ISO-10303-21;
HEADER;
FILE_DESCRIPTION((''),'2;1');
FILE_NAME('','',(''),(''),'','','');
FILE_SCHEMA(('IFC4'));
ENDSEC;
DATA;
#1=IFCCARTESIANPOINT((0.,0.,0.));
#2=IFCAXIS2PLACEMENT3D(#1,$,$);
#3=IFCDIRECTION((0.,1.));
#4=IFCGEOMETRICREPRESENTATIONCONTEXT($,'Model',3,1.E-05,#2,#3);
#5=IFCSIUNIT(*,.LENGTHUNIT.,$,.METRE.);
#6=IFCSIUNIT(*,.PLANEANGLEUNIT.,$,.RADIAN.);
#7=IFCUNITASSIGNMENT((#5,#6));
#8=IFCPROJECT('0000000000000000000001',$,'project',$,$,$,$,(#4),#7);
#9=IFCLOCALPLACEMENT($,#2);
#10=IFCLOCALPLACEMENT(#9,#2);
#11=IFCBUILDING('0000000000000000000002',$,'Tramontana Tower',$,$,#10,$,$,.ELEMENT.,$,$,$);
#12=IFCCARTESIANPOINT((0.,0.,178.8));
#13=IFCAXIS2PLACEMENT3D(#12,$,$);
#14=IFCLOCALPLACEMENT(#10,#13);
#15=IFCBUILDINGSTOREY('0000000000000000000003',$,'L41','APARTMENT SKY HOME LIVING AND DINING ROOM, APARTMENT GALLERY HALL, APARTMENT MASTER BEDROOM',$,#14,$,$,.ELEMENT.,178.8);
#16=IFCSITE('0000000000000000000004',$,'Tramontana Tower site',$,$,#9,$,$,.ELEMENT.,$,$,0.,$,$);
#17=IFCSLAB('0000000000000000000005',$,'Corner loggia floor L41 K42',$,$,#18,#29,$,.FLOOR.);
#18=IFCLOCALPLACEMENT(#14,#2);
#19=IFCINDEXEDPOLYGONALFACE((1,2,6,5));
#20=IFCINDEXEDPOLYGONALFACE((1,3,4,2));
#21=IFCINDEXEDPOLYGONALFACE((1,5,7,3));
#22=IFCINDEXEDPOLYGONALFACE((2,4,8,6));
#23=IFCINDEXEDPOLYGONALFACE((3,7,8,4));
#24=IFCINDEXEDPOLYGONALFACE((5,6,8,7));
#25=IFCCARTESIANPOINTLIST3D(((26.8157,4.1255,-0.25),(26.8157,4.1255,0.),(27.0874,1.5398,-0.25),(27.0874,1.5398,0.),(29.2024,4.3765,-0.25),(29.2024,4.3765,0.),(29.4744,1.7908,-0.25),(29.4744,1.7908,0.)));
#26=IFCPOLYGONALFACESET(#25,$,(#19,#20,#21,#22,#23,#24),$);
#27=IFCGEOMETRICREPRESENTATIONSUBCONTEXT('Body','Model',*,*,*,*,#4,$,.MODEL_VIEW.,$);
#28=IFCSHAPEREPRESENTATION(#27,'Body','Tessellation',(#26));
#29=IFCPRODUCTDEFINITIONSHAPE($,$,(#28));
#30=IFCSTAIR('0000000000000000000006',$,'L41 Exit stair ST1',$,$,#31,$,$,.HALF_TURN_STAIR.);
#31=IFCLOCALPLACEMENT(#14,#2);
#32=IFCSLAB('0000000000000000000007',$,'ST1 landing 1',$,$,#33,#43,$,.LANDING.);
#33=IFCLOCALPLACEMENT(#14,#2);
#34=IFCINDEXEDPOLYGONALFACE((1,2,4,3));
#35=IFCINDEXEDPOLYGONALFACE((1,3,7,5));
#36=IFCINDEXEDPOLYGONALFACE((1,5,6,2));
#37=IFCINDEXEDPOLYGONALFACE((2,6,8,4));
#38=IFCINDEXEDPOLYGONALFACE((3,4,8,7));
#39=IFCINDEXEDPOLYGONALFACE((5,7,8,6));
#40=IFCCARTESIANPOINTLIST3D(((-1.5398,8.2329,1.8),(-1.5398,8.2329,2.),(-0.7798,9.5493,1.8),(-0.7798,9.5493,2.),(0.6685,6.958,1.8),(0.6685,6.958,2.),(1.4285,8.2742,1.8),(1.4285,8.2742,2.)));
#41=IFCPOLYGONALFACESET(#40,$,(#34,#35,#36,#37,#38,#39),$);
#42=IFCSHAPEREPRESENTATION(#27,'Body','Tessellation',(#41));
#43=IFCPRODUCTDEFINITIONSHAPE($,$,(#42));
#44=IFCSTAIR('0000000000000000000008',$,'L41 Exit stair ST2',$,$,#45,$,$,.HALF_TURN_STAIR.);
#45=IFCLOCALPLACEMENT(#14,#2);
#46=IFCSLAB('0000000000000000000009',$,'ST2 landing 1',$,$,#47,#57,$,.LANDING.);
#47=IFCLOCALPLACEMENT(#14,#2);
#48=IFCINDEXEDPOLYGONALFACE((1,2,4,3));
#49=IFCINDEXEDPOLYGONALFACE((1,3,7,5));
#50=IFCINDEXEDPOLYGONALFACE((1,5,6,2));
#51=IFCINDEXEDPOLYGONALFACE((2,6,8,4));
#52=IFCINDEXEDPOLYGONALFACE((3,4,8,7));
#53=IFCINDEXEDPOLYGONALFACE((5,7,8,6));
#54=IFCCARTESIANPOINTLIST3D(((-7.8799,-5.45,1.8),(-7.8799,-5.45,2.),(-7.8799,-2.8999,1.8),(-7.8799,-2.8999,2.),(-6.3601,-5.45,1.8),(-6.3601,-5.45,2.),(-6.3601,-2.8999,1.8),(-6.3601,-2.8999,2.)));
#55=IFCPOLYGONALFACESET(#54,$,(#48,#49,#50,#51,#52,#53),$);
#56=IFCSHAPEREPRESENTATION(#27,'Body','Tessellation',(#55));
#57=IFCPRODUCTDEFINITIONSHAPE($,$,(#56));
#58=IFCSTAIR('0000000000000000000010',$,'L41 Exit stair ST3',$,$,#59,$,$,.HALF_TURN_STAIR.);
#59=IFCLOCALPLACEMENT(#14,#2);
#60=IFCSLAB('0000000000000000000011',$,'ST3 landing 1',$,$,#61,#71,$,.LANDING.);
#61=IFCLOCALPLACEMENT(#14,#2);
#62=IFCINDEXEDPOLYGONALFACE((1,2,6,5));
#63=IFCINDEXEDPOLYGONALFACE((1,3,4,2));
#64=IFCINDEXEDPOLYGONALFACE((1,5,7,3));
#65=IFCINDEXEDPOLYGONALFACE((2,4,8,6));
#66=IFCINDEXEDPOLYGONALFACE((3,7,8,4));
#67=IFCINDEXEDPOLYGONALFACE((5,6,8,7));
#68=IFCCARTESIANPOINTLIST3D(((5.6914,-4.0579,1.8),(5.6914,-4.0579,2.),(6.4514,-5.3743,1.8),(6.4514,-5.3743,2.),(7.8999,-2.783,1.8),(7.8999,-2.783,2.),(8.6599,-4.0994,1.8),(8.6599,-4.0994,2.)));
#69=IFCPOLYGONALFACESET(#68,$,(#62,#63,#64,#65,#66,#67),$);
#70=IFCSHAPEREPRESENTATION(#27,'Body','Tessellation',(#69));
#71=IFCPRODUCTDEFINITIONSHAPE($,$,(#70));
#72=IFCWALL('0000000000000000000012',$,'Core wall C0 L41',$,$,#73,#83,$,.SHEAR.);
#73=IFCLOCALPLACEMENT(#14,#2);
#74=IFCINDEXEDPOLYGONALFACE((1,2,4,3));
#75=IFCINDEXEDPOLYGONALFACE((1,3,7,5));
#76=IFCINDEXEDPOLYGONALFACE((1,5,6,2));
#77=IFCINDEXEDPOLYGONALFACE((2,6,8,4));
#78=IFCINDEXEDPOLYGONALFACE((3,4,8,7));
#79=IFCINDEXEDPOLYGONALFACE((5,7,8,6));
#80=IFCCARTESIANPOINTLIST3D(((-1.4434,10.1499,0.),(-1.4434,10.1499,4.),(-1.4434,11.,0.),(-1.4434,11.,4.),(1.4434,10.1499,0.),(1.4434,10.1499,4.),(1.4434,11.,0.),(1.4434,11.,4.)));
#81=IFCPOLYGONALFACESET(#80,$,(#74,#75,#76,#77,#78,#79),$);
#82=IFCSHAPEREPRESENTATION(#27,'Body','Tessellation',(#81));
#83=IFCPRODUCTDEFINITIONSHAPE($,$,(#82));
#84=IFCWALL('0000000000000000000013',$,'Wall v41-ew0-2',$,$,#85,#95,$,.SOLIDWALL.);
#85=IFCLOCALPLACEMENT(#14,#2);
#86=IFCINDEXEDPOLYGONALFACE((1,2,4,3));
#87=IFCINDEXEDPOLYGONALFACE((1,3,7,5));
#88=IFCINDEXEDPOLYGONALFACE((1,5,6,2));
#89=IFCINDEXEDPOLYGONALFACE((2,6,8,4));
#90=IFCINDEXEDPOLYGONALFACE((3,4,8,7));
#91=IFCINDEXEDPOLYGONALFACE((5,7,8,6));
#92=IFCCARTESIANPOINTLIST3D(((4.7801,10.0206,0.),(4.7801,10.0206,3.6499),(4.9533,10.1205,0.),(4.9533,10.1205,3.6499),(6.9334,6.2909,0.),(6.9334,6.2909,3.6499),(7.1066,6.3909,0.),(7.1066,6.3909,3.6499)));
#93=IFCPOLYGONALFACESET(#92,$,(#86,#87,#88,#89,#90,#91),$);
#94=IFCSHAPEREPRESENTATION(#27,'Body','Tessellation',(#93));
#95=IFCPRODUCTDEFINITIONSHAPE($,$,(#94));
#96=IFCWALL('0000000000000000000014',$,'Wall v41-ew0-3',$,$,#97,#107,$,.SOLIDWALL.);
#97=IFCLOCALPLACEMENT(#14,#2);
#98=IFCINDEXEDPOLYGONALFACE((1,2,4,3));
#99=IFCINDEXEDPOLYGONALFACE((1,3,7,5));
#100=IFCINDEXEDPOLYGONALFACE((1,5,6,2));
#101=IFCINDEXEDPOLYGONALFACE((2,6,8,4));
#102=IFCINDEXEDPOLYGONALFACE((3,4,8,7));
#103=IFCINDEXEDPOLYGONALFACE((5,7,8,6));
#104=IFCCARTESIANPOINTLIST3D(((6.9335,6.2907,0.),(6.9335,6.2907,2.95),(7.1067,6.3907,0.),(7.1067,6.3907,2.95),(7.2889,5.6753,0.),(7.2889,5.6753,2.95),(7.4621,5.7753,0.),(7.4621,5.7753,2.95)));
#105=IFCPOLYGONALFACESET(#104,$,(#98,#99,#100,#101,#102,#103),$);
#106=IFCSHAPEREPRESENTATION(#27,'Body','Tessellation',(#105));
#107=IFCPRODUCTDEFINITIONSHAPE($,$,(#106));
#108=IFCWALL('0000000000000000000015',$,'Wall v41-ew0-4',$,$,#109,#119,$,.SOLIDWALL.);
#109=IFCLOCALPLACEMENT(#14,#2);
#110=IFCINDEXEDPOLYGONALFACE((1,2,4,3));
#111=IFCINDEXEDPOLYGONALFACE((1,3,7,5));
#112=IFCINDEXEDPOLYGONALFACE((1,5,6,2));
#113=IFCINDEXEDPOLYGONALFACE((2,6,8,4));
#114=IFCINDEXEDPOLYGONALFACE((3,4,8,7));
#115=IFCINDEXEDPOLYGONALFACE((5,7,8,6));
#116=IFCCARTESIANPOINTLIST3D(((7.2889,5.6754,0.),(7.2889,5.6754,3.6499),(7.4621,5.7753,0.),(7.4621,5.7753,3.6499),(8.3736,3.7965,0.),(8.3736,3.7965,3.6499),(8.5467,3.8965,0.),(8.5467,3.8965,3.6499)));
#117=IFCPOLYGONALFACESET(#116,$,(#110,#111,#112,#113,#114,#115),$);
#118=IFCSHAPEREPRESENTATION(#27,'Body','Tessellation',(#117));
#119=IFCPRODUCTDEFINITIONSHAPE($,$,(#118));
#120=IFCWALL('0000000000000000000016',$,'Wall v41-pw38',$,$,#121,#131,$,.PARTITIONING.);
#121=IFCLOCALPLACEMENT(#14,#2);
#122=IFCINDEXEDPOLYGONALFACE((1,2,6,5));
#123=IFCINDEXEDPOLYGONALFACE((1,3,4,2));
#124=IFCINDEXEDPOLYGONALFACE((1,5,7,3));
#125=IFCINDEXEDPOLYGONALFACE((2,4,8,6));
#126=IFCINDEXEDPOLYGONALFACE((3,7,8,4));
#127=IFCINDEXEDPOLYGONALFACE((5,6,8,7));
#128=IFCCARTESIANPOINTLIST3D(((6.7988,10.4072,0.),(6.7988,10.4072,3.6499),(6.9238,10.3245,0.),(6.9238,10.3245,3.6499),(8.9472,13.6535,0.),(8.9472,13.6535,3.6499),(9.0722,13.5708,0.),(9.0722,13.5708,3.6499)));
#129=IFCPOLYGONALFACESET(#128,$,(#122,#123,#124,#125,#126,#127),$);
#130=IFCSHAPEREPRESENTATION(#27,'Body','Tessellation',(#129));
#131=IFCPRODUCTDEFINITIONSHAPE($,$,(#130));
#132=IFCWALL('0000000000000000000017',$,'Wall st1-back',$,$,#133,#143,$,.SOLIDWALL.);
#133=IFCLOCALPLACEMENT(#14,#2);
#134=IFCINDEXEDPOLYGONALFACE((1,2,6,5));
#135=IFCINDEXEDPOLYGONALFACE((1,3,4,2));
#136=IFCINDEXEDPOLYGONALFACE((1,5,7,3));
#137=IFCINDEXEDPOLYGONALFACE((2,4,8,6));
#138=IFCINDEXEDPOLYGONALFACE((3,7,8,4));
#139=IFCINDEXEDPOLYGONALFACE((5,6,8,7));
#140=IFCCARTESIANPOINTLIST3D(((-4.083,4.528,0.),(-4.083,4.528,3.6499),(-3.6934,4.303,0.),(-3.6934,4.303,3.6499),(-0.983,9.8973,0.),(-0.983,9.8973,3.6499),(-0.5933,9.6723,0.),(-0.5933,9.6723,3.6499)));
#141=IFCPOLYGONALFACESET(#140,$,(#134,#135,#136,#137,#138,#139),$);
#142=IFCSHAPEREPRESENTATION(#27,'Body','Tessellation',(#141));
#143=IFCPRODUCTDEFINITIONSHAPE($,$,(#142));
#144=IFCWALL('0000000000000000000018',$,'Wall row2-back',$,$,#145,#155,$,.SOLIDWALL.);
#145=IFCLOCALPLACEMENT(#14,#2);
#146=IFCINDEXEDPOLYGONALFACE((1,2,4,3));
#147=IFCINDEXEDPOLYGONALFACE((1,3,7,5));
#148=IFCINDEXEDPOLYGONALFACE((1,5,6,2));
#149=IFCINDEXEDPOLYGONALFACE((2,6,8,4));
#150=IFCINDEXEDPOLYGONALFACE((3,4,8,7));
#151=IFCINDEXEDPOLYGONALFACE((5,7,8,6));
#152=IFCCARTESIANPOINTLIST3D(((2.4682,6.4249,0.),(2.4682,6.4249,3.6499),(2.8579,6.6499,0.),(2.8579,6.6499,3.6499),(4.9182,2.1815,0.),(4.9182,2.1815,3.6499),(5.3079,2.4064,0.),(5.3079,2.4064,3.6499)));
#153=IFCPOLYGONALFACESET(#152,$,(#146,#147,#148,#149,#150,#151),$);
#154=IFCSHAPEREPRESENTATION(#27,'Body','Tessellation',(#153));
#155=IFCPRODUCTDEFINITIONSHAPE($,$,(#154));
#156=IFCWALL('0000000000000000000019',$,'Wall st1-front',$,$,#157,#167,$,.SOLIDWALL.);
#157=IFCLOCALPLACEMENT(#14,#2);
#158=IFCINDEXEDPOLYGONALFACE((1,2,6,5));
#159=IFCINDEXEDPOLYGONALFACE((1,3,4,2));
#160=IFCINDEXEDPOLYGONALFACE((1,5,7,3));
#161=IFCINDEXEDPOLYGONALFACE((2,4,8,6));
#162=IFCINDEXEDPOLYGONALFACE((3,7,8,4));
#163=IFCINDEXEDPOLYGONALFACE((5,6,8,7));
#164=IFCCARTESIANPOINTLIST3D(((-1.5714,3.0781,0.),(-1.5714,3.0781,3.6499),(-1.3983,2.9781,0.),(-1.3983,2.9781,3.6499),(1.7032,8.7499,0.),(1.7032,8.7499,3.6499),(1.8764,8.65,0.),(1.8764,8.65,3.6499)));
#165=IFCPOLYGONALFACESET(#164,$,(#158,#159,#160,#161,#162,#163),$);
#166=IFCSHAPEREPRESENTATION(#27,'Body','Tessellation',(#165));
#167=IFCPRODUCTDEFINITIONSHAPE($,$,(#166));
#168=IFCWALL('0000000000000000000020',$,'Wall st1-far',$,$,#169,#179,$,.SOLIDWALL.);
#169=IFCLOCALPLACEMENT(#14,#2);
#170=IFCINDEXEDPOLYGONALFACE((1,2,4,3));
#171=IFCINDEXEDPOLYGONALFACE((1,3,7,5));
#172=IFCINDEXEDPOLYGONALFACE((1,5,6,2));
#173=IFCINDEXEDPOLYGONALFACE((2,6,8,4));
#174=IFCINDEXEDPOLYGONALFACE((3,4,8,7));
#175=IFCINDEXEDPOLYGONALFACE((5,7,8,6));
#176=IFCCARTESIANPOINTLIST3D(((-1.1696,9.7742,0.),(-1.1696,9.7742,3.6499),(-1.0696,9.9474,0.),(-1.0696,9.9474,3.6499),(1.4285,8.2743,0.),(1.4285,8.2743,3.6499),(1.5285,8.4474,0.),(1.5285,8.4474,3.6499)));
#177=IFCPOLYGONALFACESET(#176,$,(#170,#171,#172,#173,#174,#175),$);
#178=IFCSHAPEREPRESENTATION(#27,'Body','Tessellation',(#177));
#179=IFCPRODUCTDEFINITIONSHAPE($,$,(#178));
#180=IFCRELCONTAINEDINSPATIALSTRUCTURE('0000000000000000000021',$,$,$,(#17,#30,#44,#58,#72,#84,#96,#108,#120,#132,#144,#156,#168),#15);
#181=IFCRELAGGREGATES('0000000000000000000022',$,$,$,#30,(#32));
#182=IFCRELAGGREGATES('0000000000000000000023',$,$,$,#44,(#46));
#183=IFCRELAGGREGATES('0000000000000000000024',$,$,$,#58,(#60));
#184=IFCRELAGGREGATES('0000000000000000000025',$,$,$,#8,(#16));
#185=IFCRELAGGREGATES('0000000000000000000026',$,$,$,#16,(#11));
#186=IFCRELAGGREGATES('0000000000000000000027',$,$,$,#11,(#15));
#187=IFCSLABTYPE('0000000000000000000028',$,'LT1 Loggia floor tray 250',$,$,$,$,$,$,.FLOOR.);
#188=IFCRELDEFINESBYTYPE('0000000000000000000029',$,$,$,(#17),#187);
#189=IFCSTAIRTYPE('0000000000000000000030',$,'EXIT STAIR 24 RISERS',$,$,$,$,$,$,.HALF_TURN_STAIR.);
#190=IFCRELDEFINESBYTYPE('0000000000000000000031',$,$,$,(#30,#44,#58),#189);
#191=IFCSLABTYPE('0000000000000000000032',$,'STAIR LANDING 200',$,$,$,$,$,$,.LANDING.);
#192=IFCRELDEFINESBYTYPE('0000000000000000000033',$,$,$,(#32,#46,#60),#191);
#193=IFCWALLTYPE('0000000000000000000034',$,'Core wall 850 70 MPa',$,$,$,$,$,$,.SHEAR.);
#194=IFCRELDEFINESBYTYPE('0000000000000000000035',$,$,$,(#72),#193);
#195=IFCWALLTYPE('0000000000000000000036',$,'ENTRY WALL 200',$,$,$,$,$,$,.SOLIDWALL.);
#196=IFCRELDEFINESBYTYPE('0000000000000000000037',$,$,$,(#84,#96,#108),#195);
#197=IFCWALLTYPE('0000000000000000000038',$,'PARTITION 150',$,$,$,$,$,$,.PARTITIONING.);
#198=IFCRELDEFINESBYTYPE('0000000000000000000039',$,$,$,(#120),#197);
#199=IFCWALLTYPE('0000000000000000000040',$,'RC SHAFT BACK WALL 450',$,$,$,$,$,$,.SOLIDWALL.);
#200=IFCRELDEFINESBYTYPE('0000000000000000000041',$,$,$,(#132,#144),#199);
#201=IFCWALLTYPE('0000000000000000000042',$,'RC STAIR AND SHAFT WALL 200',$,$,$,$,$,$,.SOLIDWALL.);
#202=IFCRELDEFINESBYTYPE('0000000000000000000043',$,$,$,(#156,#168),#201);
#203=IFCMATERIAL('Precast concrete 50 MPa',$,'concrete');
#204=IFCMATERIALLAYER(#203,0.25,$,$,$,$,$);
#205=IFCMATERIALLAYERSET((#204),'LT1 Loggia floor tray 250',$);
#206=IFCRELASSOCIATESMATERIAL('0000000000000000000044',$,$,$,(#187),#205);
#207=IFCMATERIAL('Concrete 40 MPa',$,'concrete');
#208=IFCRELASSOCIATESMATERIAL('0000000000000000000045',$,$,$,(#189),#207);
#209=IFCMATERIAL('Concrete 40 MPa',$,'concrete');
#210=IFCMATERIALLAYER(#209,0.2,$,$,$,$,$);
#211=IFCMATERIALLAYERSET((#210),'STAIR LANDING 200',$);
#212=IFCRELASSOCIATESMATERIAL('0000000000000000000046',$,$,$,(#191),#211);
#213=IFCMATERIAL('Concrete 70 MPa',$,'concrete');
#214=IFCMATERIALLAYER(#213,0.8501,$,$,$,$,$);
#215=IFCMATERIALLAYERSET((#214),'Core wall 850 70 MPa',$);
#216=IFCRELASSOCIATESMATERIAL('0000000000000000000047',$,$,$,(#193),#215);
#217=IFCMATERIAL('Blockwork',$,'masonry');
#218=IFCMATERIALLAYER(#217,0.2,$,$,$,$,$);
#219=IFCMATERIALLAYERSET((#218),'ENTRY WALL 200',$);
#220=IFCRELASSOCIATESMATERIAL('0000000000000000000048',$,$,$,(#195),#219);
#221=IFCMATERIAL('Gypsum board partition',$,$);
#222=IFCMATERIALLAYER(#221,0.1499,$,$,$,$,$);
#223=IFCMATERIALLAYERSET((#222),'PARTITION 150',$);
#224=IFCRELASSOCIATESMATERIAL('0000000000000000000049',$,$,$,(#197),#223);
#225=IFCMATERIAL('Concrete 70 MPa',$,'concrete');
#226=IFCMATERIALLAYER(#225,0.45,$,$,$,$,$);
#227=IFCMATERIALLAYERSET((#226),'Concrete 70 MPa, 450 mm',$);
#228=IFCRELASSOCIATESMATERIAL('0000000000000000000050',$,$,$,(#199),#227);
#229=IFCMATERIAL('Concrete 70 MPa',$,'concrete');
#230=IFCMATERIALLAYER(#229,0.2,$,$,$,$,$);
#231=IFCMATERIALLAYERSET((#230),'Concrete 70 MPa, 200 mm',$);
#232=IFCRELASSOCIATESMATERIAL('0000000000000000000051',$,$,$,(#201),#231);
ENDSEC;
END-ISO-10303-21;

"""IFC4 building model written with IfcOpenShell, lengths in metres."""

from ifc_helpers import new_model, si_unit, direction, frame, frame_2d, origin, place, context, subcontext, project, spatial, polyline, rectangle, outline, extrude, material, layer, layer_set, type_object, element, aggregate, save


model = new_model("IFC4")

# Units and contexts
model_context = context("Model", 3, precision=1e-05, world=origin(), true_north=direction((0.0, 1.0)))
body_context = subcontext(model_context, "Body", "Model", "MODEL_VIEW")
ifc_project = project(units=[si_unit("LENGTHUNIT", "METRE"), si_unit("PLANEANGLEUNIT", "RADIAN")], contexts=[model_context])

# Site, building, storey
site_placement = place(None, origin())
site = spatial("IfcSite", under=ifc_project, at=site_placement, Name="Tramontana Tower site", CompositionType="ELEMENT", RefElevation=0.0)
building_placement = place(site_placement, origin())
building = spatial("IfcBuilding", under=site, at=building_placement, Name="Tramontana Tower", CompositionType="ELEMENT")
storey_placement = place(building_placement, frame((0.0, 0.0, 178.8)))
storey = spatial("IfcBuildingStorey", under=building, at=storey_placement, Name="L41", Description="APARTMENT SKY HOME LIVING AND DINING ROOM, APARTMENT GALLERY HALL, APARTMENT MASTER BEDROOM", CompositionType="ELEMENT", Elevation=178.8)

# Slab
ifc_material_1 = material(Name="Precast concrete 50 MPa", Category="concrete")
ifc_layer_1 = layer(ifc_material_1, 0.25)
ifc_layer_set_1 = layer_set([ifc_layer_1], Name="LT1 Loggia floor tray 250")
slab_type_1 = type_object("IfcSlabType", Name="LT1 Loggia floor tray 250", PredefinedType="FLOOR", material=ifc_layer_set_1)
slab_1_placement = place(storey_placement, frame((0.0, 0.0, -0.25)))
element("IfcSlab", 1, at=slab_1_placement, inside=storey, type_object=slab_type_1, Name="Corner loggia floor L41 K42", PredefinedType="FLOOR", context=body_context, shape_type="SweptSolid", body=[
    extrude(outline(polyline([(29.4744, 1.7908), (27.0874, 1.5398), (26.8157, 4.1255), (29.2024, 4.3765), (29.4744, 1.7908)])), origin(), (0.0, 0.0, 1.0), 0.25),
])

# Stairs, slabs
ifc_material_2 = material(Name="Concrete 40 MPa", Category="concrete")
stair_type = type_object("IfcStairType", Name="EXIT STAIR 24 RISERS", PredefinedType="HALF_TURN_STAIR", material=ifc_material_2)
stair_1_placement = place(storey_placement, origin())
stair_1 = element("IfcStair", 2, at=stair_1_placement, inside=storey, type_object=stair_type, Name="L41 Exit stair ST1", PredefinedType="HALF_TURN_STAIR")
ifc_material_3 = material(Name="Concrete 40 MPa", Category="concrete")
ifc_layer_2 = layer(ifc_material_3, 0.2)
ifc_layer_set_2 = layer_set([ifc_layer_2], Name="STAIR LANDING 200")
slab_type_2 = type_object("IfcSlabType", Name="STAIR LANDING 200", PredefinedType="LANDING", material=ifc_layer_set_2)
slab_2_placement = place(storey_placement, frame((0.0, 0.0, 1.8)))
slab_2 = element("IfcSlab", 3, at=slab_2_placement, type_object=slab_type_2, Name="ST1 landing 1", PredefinedType="LANDING", context=body_context, shape_type="SweptSolid", body=[
    extrude(outline(polyline([(0.6685, 6.958), (1.4285, 8.2742), (-0.7798, 9.5493), (-1.5398, 8.2329), (0.6685, 6.958)])), origin(), (0.0, 0.0, 1.0), 0.2),
])
aggregate(stair_1, [slab_2])
stair_2_placement = place(storey_placement, origin())
stair_2 = element("IfcStair", 4, at=stair_2_placement, inside=storey, type_object=stair_type, Name="L41 Exit stair ST2", PredefinedType="HALF_TURN_STAIR")
slab_3_placement = place(storey_placement, frame((0.0, 0.0, 1.8)))
slab_3 = element("IfcSlab", 5, at=slab_3_placement, type_object=slab_type_2, Name="ST2 landing 1", PredefinedType="LANDING", context=body_context, shape_type="SweptSolid", body=[
    extrude(outline(polyline([(-6.3601, -2.8999), (-7.8799, -2.8999), (-7.8799, -5.45), (-6.3601, -5.45), (-6.3601, -2.8999)])), origin(), (0.0, 0.0, 1.0), 0.2),
])
aggregate(stair_2, [slab_3])
stair_3_placement = place(storey_placement, origin())
stair_3 = element("IfcStair", 6, at=stair_3_placement, inside=storey, type_object=stair_type, Name="L41 Exit stair ST3", PredefinedType="HALF_TURN_STAIR")
slab_4_placement = place(storey_placement, frame((0.0, 0.0, 1.8)))
slab_4 = element("IfcSlab", 7, at=slab_4_placement, type_object=slab_type_2, Name="ST3 landing 1", PredefinedType="LANDING", context=body_context, shape_type="SweptSolid", body=[
    extrude(outline(polyline([(5.6914, -4.0579), (6.4514, -5.3743), (8.6599, -4.0994), (7.8999, -2.783), (5.6914, -4.0579)])), origin(), (0.0, 0.0, 1.0), 0.2),
])
aggregate(stair_3, [slab_4])

# Walls
ifc_material_4 = material(Name="Concrete 70 MPa", Category="concrete")
ifc_layer_3 = layer(ifc_material_4, 0.8501)
ifc_layer_set_3 = layer_set([ifc_layer_3], Name="Core wall 850 70 MPa")
wall_type_1 = type_object("IfcWallType", Name="Core wall 850 70 MPa", PredefinedType="SHEAR", material=ifc_layer_set_3)
wall_1_placement = place(storey_placement, frame((1.4434, 10.575, 0.0), z_axis=(0.0, 0.0, 1.0), x_axis=(-1.0, 0.0, 0.0)))
element("IfcWall", 8, at=wall_1_placement, inside=storey, type_object=wall_type_1, Name="Core wall C0 L41", PredefinedType="SHEAR", context=body_context, shape_type="SweptSolid", body=[
    extrude(rectangle(XDim=2.8867, YDim=0.8501, at=frame_2d((1.4434, 0.0))), origin(), (0.0, 0.0, 1.0), 4.0),
])
ifc_material_5 = material(Name="Blockwork", Category="masonry")
ifc_layer_4 = layer(ifc_material_5, 0.2)
ifc_layer_set_4 = layer_set([ifc_layer_4], Name="ENTRY WALL 200")
wall_type_2 = type_object("IfcWallType", Name="ENTRY WALL 200", PredefinedType="SOLIDWALL", material=ifc_layer_set_4)
wall_2_placement = place(storey_placement, frame((4.8667, 10.0706, 0.0), z_axis=(0.0, 0.0, 1.0), x_axis=(0.499992, -0.86603, 0.0)))
element("IfcWall", 9, at=wall_2_placement, inside=storey, type_object=wall_type_2, Name="Wall v41-ew0-2", PredefinedType="SOLIDWALL", context=body_context, shape_type="SweptSolid", body=[
    extrude(rectangle(XDim=4.3066, YDim=0.2, at=frame_2d((2.1533, 0.0))), origin(), (0.0, 0.0, 1.0), 3.6499),
])
wall_3_placement = place(storey_placement, frame((7.02, 6.3408, 0.0), z_axis=(0.0, 0.0, 1.0), x_axis=(0.500129, -0.865951, 0.0)))
element("IfcWall", 10, at=wall_3_placement, inside=storey, type_object=wall_type_2, Name="Wall v41-ew0-3", PredefinedType="SOLIDWALL", context=body_context, shape_type="SweptSolid", body=[
    extrude(rectangle(XDim=0.7107, YDim=0.2, at=frame_2d((0.3555, 0.0))), origin(), (0.0, 0.0, 1.0), 2.95),
])
wall_4_placement = place(storey_placement, frame((7.3755, 5.7253, 0.0), z_axis=(0.0, 0.0, 1.0), x_axis=(0.499976, -0.866039, 0.0)))
element("IfcWall", 11, at=wall_4_placement, inside=storey, type_object=wall_type_2, Name="Wall v41-ew0-4", PredefinedType="SOLIDWALL", context=body_context, shape_type="SweptSolid", body=[
    extrude(rectangle(XDim=2.1694, YDim=0.2, at=frame_2d((1.0847, 0.0))), origin(), (0.0, 0.0, 1.0), 3.6499),
])

# Shared definitions
ifc_material_6 = material(Name="Gypsum board partition")
ifc_layer_5 = layer(ifc_material_6, 0.1499)
ifc_layer_set_5 = layer_set([ifc_layer_5], Name="PARTITION 150")
wall_type_3 = type_object("IfcWallType", Name="PARTITION 150", PredefinedType="PARTITIONING", material=ifc_layer_set_5)

# Wall
wall_5_placement = place(storey_placement, frame((6.8613, 10.366, 0.0), z_axis=(0.0, 0.0, 1.0), x_axis=(0.551889, 0.833917, 0.0)))
element("IfcWall", 12, at=wall_5_placement, inside=storey, type_object=wall_type_3, Name="Wall v41-pw38", PredefinedType="PARTITIONING", context=body_context, shape_type="SweptSolid", body=[
    extrude(rectangle(XDim=3.8928, YDim=0.1499, at=frame_2d((1.9463, 0.0))), origin(), (0.0, 0.0, 1.0), 3.6499),
])

# Walls
ifc_material_7 = material(Name="Concrete 70 MPa", Category="concrete")
ifc_layer_6 = layer(ifc_material_7, 0.45)
ifc_layer_set_6 = layer_set([ifc_layer_6], Name="Concrete 70 MPa, 450 mm")
wall_type_4 = type_object("IfcWallType", Name="RC SHAFT BACK WALL 450", PredefinedType="SOLIDWALL", material=ifc_layer_set_6)
wall_6_placement = place(storey_placement, frame((-0.7881, 9.7849, 0.0), z_axis=(0.0, 0.0, 1.0), x_axis=(-0.50001, -0.86602, 0.0)))
element("IfcWall", 13, at=wall_6_placement, inside=storey, type_object=wall_type_4, Name="Wall st1-back", PredefinedType="SOLIDWALL", context=body_context, shape_type="SweptSolid", body=[
    extrude(rectangle(XDim=6.2, YDim=0.45, at=frame_2d((3.1001, 0.0))), origin(), (0.0, 0.0, 1.0), 3.6499),
])
wall_7_placement = place(storey_placement, frame((5.113, 2.2939, 0.0), z_axis=(0.0, 0.0, 1.0), x_axis=(-0.500003, 0.866024, 0.0)))
element("IfcWall", 14, at=wall_7_placement, inside=storey, type_object=wall_type_4, Name="Wall row2-back", PredefinedType="SOLIDWALL", context=body_context, shape_type="SweptSolid", body=[
    extrude(rectangle(XDim=4.8999, YDim=0.45, at=frame_2d((2.45, 0.0))), origin(), (0.0, 0.0, 1.0), 3.6499),
])
ifc_material_8 = material(Name="Concrete 70 MPa", Category="concrete")
ifc_layer_7 = layer(ifc_material_8, 0.2)
ifc_layer_set_7 = layer_set([ifc_layer_7], Name="Concrete 70 MPa, 200 mm")
wall_type_5 = type_object("IfcWallType", Name="RC STAIR AND SHAFT WALL 200", PredefinedType="SOLIDWALL", material=ifc_layer_set_7)
wall_8_placement = place(storey_placement, frame((1.7898, 8.7, 0.0), z_axis=(0.0, 0.0, 1.0), x_axis=(-0.5, -0.866025, 0.0)))
element("IfcWall", 15, at=wall_8_placement, inside=storey, type_object=wall_type_5, Name="Wall st1-front", PredefinedType="SOLIDWALL", context=body_context, shape_type="SweptSolid", body=[
    extrude(rectangle(XDim=6.5493, YDim=0.2, at=frame_2d((3.2747, 0.0))), origin(), (0.0, 0.0, 1.0), 3.6499),
])
wall_9_placement = place(storey_placement, frame((1.4785, 8.3608, 0.0), z_axis=(0.0, 0.0, 1.0), x_axis=(-0.866031, 0.49999, 0.0)))
element("IfcWall", 16, at=wall_9_placement, inside=storey, type_object=wall_type_5, Name="Wall st1-far", PredefinedType="SOLIDWALL", context=body_context, shape_type="SweptSolid", body=[
    extrude(rectangle(XDim=3.0, YDim=0.2, at=frame_2d((1.5, 0.0))), origin(), (0.0, 0.0, 1.0), 3.6499),
])

save(model, "model.ifc")
